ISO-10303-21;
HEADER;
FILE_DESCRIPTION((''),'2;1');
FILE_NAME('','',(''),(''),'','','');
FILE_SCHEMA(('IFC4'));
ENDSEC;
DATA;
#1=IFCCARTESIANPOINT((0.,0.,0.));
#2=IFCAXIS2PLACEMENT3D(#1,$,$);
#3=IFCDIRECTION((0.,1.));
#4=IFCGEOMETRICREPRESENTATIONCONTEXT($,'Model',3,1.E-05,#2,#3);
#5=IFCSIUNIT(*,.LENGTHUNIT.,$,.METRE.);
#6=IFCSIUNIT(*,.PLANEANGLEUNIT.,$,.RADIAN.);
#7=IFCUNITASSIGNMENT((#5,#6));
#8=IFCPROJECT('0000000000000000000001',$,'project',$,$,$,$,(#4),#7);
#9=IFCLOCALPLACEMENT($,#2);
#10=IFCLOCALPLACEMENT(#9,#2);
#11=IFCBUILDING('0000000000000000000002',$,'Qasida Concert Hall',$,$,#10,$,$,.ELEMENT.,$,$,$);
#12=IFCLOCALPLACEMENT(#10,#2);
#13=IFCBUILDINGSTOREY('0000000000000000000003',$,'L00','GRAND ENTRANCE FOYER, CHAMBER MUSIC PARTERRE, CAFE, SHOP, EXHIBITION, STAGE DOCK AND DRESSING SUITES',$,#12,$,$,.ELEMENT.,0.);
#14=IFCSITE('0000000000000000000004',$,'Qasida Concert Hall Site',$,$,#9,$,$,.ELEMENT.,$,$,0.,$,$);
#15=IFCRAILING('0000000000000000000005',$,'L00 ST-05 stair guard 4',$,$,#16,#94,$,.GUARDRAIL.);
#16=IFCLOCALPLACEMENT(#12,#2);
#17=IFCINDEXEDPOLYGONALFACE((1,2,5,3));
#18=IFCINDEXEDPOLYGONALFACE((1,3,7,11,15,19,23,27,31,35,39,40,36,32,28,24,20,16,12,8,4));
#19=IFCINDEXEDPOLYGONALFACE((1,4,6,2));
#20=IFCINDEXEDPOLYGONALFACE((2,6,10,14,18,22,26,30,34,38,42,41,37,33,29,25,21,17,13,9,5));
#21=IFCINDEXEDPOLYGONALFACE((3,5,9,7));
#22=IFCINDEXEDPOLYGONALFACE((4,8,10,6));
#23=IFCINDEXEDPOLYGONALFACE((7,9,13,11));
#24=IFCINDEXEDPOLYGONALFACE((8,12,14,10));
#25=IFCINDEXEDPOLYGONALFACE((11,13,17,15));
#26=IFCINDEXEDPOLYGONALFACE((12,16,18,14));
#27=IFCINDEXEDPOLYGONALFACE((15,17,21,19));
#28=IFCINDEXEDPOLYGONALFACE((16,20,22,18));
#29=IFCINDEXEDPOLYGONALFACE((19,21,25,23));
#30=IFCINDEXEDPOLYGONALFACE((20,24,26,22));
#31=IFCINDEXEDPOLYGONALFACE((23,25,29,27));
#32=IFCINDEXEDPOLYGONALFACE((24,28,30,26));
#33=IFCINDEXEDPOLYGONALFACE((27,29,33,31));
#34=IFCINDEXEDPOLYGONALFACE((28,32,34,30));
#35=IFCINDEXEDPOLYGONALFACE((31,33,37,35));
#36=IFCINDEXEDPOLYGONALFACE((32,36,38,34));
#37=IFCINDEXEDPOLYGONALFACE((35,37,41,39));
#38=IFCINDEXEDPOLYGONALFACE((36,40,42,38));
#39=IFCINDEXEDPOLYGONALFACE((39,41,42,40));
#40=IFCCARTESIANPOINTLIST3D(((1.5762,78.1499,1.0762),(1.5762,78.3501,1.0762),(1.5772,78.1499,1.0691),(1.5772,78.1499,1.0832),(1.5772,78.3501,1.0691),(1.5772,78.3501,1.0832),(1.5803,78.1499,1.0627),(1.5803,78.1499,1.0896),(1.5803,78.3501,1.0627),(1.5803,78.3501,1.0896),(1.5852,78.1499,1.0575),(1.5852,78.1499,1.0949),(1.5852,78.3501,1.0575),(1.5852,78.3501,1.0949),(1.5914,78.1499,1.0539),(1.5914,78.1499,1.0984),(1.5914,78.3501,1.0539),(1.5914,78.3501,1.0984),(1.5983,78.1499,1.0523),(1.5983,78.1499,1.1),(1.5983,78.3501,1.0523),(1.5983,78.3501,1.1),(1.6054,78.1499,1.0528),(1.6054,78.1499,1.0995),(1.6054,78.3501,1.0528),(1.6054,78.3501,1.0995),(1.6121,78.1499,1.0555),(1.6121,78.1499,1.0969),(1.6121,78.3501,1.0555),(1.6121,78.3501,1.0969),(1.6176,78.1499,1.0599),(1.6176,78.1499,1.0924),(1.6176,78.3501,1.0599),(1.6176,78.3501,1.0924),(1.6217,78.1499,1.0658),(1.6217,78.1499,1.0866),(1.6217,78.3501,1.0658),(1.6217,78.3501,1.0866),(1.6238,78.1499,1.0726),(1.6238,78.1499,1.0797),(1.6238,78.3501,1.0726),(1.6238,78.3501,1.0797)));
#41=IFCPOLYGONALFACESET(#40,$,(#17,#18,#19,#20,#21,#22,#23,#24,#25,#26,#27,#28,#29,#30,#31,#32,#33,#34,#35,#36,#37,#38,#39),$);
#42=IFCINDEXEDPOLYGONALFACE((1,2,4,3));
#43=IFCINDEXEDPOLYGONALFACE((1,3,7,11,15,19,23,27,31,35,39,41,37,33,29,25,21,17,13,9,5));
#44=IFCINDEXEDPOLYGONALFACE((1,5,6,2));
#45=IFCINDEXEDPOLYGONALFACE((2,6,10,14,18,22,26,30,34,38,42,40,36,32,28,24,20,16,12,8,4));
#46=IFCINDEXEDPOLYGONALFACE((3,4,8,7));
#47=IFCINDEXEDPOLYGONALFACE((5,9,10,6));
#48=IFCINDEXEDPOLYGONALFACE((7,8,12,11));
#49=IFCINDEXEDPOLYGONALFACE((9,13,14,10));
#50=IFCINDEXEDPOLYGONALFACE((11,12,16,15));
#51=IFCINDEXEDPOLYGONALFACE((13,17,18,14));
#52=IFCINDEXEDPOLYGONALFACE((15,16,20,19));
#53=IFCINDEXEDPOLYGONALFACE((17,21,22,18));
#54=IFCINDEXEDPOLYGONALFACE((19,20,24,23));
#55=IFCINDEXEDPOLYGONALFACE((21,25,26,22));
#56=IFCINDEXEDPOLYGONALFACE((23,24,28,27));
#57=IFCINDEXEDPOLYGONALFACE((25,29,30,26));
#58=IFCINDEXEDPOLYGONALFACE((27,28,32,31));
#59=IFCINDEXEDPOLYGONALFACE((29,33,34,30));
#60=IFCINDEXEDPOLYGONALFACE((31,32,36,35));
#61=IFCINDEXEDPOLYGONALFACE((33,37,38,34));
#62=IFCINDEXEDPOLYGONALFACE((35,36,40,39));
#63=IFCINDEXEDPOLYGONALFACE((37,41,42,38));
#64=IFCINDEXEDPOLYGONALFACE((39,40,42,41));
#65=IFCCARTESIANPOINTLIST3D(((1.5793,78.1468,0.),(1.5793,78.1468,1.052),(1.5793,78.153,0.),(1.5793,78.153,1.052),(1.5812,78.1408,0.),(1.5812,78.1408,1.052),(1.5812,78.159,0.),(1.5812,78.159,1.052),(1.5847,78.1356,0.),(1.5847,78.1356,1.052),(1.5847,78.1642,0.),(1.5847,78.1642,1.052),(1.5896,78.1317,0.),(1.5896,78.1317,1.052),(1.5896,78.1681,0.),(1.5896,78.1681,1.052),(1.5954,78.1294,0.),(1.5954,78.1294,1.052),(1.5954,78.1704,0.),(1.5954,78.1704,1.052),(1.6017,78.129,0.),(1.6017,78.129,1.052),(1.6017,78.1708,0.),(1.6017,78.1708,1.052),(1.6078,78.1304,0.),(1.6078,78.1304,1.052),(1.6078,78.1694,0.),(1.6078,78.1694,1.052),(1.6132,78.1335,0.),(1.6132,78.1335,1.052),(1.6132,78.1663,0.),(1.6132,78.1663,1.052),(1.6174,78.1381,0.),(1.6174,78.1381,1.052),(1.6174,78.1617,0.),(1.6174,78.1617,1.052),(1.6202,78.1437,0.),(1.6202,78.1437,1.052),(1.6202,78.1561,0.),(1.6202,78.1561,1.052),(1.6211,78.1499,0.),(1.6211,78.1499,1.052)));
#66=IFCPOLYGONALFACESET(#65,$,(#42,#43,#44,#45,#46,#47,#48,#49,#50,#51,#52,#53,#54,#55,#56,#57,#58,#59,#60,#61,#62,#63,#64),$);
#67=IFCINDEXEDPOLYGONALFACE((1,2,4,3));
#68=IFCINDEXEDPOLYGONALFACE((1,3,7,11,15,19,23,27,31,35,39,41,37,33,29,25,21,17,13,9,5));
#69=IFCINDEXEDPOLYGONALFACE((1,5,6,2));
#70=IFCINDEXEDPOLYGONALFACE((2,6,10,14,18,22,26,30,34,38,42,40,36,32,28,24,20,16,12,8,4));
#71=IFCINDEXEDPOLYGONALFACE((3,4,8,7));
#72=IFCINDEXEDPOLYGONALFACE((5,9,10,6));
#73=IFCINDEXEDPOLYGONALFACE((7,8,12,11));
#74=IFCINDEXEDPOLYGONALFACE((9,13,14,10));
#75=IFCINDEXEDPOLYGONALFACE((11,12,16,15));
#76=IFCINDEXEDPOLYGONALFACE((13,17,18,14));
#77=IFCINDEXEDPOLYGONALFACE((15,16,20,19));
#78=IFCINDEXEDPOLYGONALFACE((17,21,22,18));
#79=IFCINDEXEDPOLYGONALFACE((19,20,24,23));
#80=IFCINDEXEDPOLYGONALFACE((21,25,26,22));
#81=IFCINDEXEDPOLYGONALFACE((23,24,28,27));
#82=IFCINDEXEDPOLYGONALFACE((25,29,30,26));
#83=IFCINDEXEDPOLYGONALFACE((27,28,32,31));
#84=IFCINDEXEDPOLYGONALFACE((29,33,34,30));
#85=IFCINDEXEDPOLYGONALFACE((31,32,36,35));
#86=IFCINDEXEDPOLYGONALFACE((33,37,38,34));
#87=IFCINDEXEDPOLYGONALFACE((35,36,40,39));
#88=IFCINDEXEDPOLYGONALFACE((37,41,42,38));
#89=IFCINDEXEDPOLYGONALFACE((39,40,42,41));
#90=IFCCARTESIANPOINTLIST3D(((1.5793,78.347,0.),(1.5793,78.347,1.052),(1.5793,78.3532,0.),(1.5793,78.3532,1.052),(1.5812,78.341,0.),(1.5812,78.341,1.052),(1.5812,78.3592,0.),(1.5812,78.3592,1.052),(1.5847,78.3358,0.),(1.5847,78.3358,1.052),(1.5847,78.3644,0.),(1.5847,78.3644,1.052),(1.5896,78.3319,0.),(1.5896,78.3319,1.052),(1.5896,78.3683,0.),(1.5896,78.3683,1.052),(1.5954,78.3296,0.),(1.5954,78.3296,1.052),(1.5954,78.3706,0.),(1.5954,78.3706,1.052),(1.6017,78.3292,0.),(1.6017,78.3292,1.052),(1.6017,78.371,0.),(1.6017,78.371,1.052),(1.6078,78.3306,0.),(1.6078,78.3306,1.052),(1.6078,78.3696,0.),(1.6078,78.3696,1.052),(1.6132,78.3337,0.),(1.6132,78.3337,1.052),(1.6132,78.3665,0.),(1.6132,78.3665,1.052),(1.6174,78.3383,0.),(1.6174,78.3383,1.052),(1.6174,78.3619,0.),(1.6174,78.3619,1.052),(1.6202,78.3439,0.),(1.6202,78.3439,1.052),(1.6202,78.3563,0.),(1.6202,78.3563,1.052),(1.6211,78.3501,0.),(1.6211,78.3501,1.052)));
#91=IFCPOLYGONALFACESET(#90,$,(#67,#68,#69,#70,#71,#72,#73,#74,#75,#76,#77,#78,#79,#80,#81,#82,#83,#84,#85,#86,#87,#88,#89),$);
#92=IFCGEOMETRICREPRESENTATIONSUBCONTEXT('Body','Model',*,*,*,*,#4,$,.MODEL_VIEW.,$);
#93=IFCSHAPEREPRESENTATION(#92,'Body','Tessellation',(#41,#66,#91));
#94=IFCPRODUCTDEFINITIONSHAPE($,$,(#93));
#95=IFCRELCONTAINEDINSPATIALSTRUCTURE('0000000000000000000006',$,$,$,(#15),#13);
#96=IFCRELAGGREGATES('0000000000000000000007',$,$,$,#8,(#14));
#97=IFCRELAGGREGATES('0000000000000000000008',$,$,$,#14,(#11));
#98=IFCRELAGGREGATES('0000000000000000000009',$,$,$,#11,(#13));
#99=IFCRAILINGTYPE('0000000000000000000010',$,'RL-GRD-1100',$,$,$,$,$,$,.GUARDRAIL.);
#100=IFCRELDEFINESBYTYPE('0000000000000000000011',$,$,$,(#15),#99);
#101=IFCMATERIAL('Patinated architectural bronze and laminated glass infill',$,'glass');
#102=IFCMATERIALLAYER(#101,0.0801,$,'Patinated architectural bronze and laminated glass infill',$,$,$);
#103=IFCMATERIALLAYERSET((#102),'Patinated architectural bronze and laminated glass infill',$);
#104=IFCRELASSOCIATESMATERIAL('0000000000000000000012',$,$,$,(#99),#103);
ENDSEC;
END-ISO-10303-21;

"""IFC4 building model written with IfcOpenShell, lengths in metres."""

from ifc_helpers import new_model, si_unit, direction, frame, origin, origin_2d, place, context, subcontext, project, spatial, circle, extrude, material, layer, layer_set, type_object, element, save


model = new_model("IFC4")

# Units and contexts
model_context = context("Model", 3, precision=1e-05, world=origin(), true_north=direction((0.0, 1.0)))
body_context = subcontext(model_context, "Body", "Model", "MODEL_VIEW")
ifc_project = project(units=[si_unit("LENGTHUNIT", "METRE"), si_unit("PLANEANGLEUNIT", "RADIAN")], contexts=[model_context])

# Site, building, storey
site_placement = place(None, origin())
site = spatial("IfcSite", under=ifc_project, at=site_placement, Name="Qasida Concert Hall Site", CompositionType="ELEMENT", RefElevation=0.0)
building_placement = place(site_placement, origin())
building = spatial("IfcBuilding", under=site, at=building_placement, Name="Qasida Concert Hall", CompositionType="ELEMENT")
storey_placement = place(building_placement, origin())
storey = spatial("IfcBuildingStorey", under=building, at=storey_placement, Name="L00", Description="GRAND ENTRANCE FOYER, CHAMBER MUSIC PARTERRE, CAFE, SHOP, EXHIBITION, STAGE DOCK AND DRESSING SUITES", CompositionType="ELEMENT", Elevation=0.0)

# Railing
ifc_material_1 = material(Name="Patinated architectural bronze and laminated glass infill", Category="glass")
ifc_layer_1 = layer(ifc_material_1, 0.0801, Name="Patinated architectural bronze and laminated glass infill")
ifc_layer_set_1 = layer_set([ifc_layer_1], Name="Patinated architectural bronze and laminated glass infill")
railing_type_1 = type_object("IfcRailingType", Name="RL-GRD-1100", PredefinedType="GUARDRAIL", material=ifc_layer_set_1)
railing_1_placement = place(storey_placement, frame((1.6001, 78.1499, 0.0)))
element("IfcRailing", 1, at=railing_1_placement, inside=storey, type_object=railing_type_1, Name="L00 ST-05 stair guard 4", PredefinedType="GUARDRAIL", context=body_context, shape_type="SweptSolid", body=[
    extrude(circle(Radius=0.0239, at=origin_2d()), frame((0.0, 0.0, 1.0762), z_axis=(0.0, 1.0, 0.0), x_axis=(-1.0, 0.0, 0.0)), (0.0, 0.0, 1.0), 0.2002),
    extrude(circle(Radius=0.021, at=origin_2d()), origin(), (0.0, 0.0, 1.0), 1.052),
    extrude(circle(Radius=0.021, at=origin_2d()), frame((0.0, 0.2002, 0.0)), (0.0, 0.0, 1.0), 1.052),
])

save(model, "model.ifc")
